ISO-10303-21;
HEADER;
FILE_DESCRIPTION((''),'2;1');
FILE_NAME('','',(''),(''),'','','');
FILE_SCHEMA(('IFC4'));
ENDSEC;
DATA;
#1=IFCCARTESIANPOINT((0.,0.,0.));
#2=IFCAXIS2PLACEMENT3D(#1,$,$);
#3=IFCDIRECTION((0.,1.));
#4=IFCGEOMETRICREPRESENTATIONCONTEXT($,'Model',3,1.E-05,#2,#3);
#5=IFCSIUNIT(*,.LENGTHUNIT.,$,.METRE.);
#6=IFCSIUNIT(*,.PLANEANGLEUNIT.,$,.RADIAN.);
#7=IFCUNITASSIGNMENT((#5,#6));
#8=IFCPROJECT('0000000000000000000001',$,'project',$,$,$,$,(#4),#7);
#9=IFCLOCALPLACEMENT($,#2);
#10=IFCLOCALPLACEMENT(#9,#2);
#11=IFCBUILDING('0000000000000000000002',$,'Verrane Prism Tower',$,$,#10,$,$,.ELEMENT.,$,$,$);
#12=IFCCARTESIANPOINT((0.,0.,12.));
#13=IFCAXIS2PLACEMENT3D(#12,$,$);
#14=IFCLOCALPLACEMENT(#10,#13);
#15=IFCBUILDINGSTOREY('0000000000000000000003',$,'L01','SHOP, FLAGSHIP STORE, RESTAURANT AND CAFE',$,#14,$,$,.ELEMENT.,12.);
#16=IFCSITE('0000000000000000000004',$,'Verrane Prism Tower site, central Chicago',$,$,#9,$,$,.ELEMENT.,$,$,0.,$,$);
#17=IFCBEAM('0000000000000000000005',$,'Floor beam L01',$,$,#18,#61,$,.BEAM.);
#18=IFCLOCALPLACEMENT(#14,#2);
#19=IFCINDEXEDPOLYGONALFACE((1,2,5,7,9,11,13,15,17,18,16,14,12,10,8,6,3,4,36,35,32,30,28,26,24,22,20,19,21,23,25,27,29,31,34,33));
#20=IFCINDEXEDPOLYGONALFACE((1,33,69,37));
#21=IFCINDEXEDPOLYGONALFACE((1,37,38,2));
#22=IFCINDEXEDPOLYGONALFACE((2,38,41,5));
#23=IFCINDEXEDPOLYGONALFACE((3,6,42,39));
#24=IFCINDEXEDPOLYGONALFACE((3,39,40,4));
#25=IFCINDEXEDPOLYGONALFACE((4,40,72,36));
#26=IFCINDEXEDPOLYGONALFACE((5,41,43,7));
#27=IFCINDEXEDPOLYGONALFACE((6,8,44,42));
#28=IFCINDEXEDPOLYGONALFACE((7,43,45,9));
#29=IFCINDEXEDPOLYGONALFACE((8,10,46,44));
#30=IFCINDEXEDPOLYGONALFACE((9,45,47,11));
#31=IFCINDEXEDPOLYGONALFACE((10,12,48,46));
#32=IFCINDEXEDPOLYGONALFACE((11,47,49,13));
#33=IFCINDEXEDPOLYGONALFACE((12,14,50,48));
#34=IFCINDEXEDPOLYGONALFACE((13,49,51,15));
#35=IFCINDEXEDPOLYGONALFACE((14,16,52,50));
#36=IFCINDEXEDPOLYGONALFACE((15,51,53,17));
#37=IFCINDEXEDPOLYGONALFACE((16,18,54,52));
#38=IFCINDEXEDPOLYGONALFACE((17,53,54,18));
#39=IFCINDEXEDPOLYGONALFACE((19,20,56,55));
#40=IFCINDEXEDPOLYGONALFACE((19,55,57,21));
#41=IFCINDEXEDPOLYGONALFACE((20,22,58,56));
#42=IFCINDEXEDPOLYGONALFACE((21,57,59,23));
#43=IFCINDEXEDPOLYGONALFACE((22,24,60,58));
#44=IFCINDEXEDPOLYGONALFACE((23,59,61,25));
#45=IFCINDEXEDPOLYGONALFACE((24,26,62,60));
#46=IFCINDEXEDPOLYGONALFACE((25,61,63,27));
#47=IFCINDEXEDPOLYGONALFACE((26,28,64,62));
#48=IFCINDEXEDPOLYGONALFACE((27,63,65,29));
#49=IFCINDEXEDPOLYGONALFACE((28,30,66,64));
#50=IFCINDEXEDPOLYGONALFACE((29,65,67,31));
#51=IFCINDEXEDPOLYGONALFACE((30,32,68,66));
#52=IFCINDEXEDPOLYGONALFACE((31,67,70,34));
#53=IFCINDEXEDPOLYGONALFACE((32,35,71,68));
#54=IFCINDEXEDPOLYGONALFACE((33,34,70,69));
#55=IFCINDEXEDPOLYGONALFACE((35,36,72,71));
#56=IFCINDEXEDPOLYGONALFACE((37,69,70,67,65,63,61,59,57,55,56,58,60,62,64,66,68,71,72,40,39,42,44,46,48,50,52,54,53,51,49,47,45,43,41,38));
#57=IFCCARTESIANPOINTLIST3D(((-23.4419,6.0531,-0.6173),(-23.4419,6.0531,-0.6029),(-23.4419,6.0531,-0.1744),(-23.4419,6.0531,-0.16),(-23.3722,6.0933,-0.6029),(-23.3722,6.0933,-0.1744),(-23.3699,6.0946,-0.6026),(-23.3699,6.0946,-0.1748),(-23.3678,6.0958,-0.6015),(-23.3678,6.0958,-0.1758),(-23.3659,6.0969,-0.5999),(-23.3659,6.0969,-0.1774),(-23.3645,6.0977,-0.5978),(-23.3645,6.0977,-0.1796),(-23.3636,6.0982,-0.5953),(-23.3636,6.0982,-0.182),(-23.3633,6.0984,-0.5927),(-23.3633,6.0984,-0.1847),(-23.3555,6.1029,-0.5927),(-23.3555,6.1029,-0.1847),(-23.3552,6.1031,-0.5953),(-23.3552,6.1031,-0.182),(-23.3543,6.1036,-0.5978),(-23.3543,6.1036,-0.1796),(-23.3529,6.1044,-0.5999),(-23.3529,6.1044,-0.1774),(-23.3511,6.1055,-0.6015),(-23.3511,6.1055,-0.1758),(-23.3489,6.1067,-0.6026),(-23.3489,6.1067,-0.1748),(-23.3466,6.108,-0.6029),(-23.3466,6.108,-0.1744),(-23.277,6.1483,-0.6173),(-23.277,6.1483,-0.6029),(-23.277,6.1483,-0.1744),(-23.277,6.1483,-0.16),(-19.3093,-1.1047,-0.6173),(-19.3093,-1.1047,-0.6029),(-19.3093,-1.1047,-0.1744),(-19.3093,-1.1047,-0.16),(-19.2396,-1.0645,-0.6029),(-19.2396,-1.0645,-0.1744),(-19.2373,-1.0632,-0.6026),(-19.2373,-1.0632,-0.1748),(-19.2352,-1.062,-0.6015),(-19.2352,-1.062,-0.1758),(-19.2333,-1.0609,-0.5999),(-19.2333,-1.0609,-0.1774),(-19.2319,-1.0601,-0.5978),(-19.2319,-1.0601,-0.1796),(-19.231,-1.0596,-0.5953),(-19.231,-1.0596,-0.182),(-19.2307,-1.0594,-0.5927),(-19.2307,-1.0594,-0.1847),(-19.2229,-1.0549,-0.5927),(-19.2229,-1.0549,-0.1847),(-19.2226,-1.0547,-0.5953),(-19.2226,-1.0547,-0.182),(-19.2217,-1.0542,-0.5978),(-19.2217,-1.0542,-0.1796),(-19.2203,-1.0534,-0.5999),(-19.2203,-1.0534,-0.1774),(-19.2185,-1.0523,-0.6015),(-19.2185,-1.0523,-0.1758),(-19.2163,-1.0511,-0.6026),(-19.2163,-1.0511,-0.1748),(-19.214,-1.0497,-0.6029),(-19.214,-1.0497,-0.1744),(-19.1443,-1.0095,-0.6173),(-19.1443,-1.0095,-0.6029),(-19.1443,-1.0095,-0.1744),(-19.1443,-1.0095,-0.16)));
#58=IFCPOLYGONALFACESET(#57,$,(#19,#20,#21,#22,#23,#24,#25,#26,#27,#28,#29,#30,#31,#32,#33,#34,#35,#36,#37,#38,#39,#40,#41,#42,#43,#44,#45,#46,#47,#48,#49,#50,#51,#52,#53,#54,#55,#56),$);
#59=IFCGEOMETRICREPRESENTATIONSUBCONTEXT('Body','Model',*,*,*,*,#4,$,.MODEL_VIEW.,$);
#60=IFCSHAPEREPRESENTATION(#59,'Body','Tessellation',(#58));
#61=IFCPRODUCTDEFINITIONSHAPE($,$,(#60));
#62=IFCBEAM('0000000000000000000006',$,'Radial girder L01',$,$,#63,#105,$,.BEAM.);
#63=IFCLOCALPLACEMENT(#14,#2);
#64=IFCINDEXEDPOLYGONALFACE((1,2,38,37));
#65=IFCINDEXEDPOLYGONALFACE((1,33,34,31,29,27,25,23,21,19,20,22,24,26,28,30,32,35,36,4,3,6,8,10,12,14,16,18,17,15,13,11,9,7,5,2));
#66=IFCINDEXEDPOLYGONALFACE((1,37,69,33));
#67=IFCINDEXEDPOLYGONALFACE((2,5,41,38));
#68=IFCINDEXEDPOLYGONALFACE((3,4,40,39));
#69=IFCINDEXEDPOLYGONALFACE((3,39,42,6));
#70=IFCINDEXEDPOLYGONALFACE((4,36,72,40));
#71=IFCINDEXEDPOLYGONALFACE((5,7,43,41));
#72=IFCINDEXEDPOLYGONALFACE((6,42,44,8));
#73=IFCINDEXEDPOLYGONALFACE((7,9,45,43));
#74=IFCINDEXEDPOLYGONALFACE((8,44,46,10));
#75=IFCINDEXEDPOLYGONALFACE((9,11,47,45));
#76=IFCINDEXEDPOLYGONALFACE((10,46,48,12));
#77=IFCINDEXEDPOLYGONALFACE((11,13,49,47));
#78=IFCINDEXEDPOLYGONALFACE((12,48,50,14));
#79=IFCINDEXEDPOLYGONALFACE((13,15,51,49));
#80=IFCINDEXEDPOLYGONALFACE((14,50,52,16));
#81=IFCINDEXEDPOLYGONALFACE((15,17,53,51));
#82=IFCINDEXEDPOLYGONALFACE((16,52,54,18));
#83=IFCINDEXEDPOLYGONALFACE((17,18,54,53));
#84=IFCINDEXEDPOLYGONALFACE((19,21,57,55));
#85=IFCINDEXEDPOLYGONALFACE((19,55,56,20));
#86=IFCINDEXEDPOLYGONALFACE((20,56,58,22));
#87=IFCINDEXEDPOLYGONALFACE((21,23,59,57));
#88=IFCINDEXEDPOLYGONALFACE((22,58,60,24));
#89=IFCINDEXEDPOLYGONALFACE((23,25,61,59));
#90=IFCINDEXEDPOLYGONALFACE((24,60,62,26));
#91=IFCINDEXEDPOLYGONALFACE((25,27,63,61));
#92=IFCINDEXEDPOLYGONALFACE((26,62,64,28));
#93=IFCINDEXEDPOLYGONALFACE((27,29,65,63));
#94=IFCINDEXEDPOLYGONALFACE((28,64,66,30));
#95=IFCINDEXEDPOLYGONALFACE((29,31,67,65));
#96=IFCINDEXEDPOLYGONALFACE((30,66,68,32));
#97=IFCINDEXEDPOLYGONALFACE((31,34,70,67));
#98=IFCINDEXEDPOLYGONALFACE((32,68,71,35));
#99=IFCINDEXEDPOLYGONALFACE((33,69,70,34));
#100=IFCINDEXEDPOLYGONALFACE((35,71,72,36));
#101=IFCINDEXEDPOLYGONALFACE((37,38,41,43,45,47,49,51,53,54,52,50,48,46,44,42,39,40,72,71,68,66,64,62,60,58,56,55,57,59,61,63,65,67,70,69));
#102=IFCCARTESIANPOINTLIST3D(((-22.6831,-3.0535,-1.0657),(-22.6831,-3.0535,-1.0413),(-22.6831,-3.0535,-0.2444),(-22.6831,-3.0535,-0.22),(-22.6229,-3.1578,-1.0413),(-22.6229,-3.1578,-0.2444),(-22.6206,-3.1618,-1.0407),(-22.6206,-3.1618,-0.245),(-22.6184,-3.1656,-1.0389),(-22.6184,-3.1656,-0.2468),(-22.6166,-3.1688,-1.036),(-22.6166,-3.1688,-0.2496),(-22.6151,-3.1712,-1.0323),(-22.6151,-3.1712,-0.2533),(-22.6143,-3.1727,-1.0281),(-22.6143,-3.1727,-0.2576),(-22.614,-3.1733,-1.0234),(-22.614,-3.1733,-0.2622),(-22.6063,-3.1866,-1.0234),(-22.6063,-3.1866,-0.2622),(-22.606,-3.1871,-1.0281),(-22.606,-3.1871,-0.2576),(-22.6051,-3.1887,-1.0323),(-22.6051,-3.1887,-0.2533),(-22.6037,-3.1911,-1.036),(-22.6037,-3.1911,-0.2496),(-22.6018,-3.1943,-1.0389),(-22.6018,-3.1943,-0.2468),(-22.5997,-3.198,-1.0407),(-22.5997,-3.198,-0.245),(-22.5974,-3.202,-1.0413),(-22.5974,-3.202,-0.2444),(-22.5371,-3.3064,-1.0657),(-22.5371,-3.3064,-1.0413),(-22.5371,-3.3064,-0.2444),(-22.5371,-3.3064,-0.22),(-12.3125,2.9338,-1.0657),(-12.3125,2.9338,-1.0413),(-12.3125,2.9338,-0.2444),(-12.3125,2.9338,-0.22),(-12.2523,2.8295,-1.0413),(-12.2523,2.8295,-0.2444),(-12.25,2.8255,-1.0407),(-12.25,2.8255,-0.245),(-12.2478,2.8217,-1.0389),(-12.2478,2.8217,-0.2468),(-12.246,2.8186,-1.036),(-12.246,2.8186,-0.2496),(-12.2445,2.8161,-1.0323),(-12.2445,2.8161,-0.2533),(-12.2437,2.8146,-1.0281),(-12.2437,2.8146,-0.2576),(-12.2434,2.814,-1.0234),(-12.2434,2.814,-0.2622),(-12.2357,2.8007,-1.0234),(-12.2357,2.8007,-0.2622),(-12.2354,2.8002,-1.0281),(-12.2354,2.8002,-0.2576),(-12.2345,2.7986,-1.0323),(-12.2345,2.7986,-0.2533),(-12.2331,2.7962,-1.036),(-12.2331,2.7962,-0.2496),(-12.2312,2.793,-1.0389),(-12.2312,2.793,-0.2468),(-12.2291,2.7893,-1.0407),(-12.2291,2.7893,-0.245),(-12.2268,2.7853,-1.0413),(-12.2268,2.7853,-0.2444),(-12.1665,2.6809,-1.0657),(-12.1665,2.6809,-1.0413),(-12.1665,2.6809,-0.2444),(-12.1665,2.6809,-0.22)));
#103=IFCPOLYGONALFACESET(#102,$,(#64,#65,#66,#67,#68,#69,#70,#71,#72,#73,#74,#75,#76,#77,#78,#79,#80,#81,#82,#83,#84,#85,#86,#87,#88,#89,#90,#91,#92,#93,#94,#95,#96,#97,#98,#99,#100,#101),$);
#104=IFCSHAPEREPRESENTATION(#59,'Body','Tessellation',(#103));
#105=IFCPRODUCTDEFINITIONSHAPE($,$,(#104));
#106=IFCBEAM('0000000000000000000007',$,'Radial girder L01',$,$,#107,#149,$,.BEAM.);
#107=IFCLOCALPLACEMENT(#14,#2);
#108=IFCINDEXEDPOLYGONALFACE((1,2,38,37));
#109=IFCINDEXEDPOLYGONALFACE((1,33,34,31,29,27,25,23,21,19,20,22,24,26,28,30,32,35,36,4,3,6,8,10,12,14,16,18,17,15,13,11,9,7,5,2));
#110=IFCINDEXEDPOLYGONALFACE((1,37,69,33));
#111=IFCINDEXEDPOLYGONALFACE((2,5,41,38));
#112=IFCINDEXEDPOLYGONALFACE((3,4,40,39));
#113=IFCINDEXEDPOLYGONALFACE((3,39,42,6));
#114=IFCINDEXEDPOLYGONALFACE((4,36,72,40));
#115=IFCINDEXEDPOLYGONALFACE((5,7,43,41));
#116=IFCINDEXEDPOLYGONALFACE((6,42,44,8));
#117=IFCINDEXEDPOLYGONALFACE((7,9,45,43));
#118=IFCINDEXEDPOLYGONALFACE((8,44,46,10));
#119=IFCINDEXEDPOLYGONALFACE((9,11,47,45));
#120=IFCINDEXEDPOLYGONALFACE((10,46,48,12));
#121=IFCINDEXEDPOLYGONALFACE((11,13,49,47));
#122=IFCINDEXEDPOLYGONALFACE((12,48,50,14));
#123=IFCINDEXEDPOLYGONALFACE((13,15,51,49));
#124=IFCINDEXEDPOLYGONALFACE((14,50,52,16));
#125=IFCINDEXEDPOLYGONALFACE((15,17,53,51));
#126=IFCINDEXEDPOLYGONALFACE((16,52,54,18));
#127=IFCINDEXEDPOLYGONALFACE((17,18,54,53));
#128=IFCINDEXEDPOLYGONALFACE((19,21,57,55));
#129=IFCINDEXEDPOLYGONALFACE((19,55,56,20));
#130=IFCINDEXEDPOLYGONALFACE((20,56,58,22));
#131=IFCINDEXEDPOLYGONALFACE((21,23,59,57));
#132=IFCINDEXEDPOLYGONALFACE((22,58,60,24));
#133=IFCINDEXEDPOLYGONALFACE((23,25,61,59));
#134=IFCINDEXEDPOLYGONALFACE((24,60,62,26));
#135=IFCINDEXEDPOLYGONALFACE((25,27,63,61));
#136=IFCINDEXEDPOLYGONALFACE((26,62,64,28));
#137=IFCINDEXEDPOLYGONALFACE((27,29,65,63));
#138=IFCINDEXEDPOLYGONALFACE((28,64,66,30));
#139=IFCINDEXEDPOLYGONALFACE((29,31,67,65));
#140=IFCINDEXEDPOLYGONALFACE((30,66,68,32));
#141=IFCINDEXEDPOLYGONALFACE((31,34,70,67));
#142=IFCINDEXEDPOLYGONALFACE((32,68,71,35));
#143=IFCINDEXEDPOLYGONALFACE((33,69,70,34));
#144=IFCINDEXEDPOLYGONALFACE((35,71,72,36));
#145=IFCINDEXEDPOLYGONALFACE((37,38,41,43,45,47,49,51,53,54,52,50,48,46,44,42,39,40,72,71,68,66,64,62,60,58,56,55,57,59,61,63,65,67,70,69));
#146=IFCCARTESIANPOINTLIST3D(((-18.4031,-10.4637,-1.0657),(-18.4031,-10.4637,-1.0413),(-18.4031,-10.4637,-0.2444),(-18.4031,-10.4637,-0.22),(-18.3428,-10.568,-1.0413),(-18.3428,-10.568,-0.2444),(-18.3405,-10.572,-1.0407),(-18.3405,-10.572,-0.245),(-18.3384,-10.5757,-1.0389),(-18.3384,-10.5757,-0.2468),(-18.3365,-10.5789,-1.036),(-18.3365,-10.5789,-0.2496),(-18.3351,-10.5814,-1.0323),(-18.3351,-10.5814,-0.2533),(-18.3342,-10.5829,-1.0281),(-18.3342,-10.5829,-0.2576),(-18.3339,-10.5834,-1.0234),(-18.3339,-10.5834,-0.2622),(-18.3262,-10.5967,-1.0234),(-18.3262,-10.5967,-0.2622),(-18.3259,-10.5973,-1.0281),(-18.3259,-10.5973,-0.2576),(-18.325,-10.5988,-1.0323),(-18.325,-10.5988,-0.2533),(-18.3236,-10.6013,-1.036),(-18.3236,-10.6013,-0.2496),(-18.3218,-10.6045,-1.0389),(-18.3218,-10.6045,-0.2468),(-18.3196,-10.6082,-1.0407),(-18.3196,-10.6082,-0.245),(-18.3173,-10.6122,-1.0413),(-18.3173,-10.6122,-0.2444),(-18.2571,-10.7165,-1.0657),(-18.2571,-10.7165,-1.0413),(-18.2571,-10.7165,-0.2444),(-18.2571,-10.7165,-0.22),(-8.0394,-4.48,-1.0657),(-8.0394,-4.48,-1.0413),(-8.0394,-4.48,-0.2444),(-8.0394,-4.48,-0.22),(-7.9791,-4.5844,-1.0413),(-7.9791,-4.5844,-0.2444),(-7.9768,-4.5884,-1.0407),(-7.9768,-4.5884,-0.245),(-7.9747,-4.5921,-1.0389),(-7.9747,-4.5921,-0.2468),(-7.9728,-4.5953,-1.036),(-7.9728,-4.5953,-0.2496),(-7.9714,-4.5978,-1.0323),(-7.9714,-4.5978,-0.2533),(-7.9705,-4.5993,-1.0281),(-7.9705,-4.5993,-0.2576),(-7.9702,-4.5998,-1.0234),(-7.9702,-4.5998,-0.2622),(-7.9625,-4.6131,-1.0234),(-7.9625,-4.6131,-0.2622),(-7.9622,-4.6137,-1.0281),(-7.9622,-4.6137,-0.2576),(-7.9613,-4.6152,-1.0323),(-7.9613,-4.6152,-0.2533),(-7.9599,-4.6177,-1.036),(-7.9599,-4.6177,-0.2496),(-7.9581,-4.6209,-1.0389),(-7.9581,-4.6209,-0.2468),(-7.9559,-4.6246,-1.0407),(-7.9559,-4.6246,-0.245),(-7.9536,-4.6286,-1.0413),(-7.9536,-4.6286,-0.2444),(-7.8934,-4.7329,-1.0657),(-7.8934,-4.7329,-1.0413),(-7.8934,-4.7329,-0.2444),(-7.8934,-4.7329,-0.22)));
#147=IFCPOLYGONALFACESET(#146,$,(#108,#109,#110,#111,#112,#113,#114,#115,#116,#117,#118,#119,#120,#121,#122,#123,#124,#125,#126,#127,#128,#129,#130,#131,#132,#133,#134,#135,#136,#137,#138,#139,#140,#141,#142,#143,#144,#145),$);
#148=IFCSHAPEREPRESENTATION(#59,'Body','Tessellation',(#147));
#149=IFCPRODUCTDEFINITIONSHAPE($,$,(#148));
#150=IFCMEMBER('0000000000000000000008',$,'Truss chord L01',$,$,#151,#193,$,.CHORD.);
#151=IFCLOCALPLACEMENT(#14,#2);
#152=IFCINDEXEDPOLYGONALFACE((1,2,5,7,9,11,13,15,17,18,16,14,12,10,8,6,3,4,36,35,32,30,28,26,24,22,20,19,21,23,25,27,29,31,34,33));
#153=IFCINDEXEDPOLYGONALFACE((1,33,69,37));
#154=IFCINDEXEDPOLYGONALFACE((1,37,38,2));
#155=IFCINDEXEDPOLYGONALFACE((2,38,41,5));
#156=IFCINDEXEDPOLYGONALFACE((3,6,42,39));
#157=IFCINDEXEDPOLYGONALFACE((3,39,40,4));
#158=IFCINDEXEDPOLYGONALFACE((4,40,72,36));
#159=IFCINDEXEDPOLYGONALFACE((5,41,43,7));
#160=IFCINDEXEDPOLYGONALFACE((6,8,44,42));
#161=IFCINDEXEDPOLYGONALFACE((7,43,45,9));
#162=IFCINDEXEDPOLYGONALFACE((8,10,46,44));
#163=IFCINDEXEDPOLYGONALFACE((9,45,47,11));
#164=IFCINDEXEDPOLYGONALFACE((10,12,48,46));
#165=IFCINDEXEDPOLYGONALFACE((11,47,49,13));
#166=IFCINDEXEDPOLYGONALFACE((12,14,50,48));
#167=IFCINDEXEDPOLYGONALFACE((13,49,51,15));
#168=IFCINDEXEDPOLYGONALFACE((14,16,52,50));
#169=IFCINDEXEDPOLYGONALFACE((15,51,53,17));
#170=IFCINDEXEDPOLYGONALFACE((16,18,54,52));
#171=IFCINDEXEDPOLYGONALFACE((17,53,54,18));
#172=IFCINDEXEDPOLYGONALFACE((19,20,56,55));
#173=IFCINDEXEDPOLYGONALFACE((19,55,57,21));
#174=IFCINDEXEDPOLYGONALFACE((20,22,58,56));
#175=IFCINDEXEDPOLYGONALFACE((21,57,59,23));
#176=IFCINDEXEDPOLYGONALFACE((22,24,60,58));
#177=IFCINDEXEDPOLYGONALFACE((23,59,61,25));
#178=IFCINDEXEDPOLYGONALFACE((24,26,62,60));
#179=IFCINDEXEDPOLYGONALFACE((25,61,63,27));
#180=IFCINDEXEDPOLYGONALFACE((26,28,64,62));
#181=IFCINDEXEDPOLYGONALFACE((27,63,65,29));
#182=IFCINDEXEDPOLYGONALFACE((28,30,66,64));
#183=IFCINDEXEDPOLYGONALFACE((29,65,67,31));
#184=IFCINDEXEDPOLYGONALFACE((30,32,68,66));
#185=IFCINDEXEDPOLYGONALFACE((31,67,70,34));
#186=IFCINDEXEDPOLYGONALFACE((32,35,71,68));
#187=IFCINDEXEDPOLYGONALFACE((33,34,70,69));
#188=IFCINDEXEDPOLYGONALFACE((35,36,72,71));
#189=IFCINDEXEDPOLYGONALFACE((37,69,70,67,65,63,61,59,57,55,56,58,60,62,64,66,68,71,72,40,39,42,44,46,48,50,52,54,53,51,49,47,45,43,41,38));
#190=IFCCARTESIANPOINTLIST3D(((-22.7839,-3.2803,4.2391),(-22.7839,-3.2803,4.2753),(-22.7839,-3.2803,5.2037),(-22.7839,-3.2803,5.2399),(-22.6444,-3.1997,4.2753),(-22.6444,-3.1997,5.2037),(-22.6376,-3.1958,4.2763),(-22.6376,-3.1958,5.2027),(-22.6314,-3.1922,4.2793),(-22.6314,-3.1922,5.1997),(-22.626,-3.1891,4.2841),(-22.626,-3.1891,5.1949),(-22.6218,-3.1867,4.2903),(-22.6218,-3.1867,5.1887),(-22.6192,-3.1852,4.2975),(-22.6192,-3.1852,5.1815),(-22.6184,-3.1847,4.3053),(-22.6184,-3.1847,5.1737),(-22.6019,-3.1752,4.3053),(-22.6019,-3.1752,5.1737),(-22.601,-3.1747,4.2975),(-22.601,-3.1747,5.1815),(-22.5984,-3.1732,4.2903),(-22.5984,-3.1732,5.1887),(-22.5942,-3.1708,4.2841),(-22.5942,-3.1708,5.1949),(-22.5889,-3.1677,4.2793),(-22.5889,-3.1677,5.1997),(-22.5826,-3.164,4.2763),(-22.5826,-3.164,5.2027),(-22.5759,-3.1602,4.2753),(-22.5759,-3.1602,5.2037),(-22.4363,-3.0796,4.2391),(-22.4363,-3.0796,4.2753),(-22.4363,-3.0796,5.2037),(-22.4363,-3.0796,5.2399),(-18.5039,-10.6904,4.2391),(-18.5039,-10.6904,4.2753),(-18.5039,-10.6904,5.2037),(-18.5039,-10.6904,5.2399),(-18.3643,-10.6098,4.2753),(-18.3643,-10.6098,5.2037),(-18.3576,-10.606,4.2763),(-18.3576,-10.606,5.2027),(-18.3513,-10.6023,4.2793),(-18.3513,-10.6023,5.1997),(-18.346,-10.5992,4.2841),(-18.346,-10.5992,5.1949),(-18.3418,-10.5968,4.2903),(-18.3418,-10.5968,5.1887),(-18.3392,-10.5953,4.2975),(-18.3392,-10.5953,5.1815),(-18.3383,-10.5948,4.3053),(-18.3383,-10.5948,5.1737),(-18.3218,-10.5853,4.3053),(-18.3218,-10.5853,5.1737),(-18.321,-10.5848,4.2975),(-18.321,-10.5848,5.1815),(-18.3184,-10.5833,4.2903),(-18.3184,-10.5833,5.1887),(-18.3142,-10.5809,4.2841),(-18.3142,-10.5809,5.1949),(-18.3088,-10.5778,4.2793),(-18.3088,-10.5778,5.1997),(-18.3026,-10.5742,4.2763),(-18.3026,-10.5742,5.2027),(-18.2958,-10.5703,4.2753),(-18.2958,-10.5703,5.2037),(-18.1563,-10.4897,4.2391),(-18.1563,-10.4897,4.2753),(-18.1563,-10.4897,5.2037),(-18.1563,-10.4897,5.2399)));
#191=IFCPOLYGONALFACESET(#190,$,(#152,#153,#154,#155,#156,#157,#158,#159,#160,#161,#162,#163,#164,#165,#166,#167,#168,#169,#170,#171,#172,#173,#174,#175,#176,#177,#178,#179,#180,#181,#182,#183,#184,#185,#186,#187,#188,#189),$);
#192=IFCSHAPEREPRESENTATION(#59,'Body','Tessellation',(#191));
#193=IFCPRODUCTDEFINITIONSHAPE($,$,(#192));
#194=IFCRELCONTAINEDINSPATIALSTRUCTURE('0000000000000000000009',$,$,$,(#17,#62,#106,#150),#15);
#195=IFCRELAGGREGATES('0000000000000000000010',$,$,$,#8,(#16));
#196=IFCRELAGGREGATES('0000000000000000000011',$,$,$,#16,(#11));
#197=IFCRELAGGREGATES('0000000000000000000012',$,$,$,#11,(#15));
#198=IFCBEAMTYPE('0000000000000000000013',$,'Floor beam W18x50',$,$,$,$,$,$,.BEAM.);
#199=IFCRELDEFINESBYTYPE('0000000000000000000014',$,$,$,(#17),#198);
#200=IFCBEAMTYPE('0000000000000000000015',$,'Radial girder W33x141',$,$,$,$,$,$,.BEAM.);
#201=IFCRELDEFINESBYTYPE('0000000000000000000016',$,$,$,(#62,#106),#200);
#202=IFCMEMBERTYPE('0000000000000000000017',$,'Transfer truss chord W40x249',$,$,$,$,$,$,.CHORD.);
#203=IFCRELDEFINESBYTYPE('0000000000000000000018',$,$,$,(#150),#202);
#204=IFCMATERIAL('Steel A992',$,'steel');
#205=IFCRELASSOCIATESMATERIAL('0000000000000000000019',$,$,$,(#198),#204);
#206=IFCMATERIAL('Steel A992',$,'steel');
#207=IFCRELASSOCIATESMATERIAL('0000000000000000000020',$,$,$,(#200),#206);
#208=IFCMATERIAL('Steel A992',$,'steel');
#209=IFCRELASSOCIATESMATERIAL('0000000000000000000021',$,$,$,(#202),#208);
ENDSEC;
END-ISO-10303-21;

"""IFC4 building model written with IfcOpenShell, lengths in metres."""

from ifc_helpers import new_model, si_unit, direction, frame, origin, origin_2d, place, context, subcontext, project, spatial, i_section, extrude, material, material_profile, profile_set, type_object, element, save


model = new_model("IFC4")

# Units and contexts
model_context = context("Model", 3, precision=1e-05, world=origin(), true_north=direction((0.0, 1.0)))
body_context = subcontext(model_context, "Body", "Model", "MODEL_VIEW")
ifc_project = project(units=[si_unit("LENGTHUNIT", "METRE"), si_unit("PLANEANGLEUNIT", "RADIAN")], contexts=[model_context])

# Site, building, storey
site_placement = place(None, origin())
site = spatial("IfcSite", under=ifc_project, at=site_placement, Name="Verrane Prism Tower site, central Chicago", CompositionType="ELEMENT", RefElevation=0.0)
building_placement = place(site_placement, origin())
building = spatial("IfcBuilding", under=site, at=building_placement, Name="Verrane Prism Tower", CompositionType="ELEMENT")
storey_placement = place(building_placement, frame((0.0, 0.0, 12.0)))
storey = spatial("IfcBuildingStorey", under=building, at=storey_placement, Name="L01", Description="SHOP, FLAGSHIP STORE, RESTAURANT AND CAFE", CompositionType="ELEMENT", Elevation=12.0)

# Beams
ifc_material_1 = material(Name="Steel A992", Category="steel")
ifc_material_profile_1 = material_profile(ifc_material_1, i_section(OverallWidth=0.1904, OverallDepth=0.4573, WebThickness=0.009, FlangeThickness=0.0144, FilletRadius=0.0103, at=origin_2d()), Name="W18x50")
ifc_profile_set_1 = profile_set([ifc_material_profile_1], Name="Steel A992")
beam_type_1 = type_object("IfcBeamType", Name="Floor beam W18x50", PredefinedType="BEAM", material=ifc_profile_set_1)
beam_1_placement = place(storey_placement, frame((-19.2268, -1.0571, -0.3887), z_axis=(-0.500005, 0.866022, 0.0), x_axis=(-0.866022, -0.500005, 0.0)))
element("IfcBeam", 1, at=beam_1_placement, inside=storey, type_object=beam_type_1, Name="Floor beam L01", PredefinedType="BEAM", context=body_context, shape_type="SweptSolid", body=[
    extrude(i_section(OverallWidth=0.1904, OverallDepth=0.4573, WebThickness=0.009, FlangeThickness=0.0144, FilletRadius=0.0103, at=origin_2d()), origin(), (0.0, 0.0, 1.0), 8.2651),
])
ifc_material_2 = material(Name="Steel A992", Category="steel")
ifc_material_profile_2 = material_profile(ifc_material_2, i_section(OverallWidth=0.292, OverallDepth=0.8457, WebThickness=0.0154, FlangeThickness=0.0244, FilletRadius=0.0178, at=origin_2d()), Name="W33x141")
ifc_profile_set_2 = profile_set([ifc_material_profile_2], Name="Steel A992")
beam_type_2 = type_object("IfcBeamType", Name="Radial girder W33x141", PredefinedType="BEAM", material=ifc_profile_set_2)
beam_2_placement = place(storey_placement, frame((-22.6101, -3.1799, -0.6428), z_axis=(0.866031, 0.49999, 0.0), x_axis=(-0.49999, 0.866031, 0.0)))
element("IfcBeam", 2, at=beam_2_placement, inside=storey, type_object=beam_type_2, Name="Radial girder L01", PredefinedType="BEAM", context=body_context, shape_type="SweptSolid", body=[
    extrude(i_section(OverallWidth=0.292, OverallDepth=0.8457, WebThickness=0.0154, FlangeThickness=0.0244, FilletRadius=0.0178, at=origin_2d()), origin(), (0.0, 0.0, 1.0), 11.9749),
])
beam_3_placement = place(storey_placement, frame((-18.3301, -10.5901, -0.6428), z_axis=(0.866021, 0.500007, 0.0), x_axis=(-0.500007, 0.866021, 0.0)))
element("IfcBeam", 3, at=beam_3_placement, inside=storey, type_object=beam_type_2, Name="Radial girder L01", PredefinedType="BEAM", context=body_context, shape_type="SweptSolid", body=[
    extrude(i_section(OverallWidth=0.292, OverallDepth=0.8457, WebThickness=0.0154, FlangeThickness=0.0244, FilletRadius=0.0178, at=origin_2d()), origin(), (0.0, 0.0, 1.0), 11.967),
])

# Member
ifc_material_3 = material(Name="Steel A992", Category="steel")
ifc_material_profile_3 = material_profile(ifc_material_3, i_section(OverallWidth=0.4014, OverallDepth=1.0007, WebThickness=0.019, FlangeThickness=0.0361, FilletRadius=0.03, at=origin_2d()), Name="W40x249")
ifc_profile_set_3 = profile_set([ifc_material_profile_3], Name="Steel A992")
member_type_1 = type_object("IfcMemberType", Name="Transfer truss chord W40x249", PredefinedType="CHORD", material=ifc_profile_set_3)
member_1_placement = place(storey_placement, frame((-22.6101, -3.1799, 4.7395), z_axis=(0.500155, -0.865936, 0.0), x_axis=(0.865936, 0.500155, 0.0)))
element("IfcMember", 4, at=member_1_placement, inside=storey, type_object=member_type_1, Name="Truss chord L01", PredefinedType="CHORD", context=body_context, shape_type="SweptSolid", body=[
    extrude(i_section(OverallWidth=0.4014, OverallDepth=1.0007, WebThickness=0.019, FlangeThickness=0.0361, FilletRadius=0.03, at=origin_2d()), origin(), (0.0, 0.0, 1.0), 8.5574),
])

save(model, "model.ifc")
